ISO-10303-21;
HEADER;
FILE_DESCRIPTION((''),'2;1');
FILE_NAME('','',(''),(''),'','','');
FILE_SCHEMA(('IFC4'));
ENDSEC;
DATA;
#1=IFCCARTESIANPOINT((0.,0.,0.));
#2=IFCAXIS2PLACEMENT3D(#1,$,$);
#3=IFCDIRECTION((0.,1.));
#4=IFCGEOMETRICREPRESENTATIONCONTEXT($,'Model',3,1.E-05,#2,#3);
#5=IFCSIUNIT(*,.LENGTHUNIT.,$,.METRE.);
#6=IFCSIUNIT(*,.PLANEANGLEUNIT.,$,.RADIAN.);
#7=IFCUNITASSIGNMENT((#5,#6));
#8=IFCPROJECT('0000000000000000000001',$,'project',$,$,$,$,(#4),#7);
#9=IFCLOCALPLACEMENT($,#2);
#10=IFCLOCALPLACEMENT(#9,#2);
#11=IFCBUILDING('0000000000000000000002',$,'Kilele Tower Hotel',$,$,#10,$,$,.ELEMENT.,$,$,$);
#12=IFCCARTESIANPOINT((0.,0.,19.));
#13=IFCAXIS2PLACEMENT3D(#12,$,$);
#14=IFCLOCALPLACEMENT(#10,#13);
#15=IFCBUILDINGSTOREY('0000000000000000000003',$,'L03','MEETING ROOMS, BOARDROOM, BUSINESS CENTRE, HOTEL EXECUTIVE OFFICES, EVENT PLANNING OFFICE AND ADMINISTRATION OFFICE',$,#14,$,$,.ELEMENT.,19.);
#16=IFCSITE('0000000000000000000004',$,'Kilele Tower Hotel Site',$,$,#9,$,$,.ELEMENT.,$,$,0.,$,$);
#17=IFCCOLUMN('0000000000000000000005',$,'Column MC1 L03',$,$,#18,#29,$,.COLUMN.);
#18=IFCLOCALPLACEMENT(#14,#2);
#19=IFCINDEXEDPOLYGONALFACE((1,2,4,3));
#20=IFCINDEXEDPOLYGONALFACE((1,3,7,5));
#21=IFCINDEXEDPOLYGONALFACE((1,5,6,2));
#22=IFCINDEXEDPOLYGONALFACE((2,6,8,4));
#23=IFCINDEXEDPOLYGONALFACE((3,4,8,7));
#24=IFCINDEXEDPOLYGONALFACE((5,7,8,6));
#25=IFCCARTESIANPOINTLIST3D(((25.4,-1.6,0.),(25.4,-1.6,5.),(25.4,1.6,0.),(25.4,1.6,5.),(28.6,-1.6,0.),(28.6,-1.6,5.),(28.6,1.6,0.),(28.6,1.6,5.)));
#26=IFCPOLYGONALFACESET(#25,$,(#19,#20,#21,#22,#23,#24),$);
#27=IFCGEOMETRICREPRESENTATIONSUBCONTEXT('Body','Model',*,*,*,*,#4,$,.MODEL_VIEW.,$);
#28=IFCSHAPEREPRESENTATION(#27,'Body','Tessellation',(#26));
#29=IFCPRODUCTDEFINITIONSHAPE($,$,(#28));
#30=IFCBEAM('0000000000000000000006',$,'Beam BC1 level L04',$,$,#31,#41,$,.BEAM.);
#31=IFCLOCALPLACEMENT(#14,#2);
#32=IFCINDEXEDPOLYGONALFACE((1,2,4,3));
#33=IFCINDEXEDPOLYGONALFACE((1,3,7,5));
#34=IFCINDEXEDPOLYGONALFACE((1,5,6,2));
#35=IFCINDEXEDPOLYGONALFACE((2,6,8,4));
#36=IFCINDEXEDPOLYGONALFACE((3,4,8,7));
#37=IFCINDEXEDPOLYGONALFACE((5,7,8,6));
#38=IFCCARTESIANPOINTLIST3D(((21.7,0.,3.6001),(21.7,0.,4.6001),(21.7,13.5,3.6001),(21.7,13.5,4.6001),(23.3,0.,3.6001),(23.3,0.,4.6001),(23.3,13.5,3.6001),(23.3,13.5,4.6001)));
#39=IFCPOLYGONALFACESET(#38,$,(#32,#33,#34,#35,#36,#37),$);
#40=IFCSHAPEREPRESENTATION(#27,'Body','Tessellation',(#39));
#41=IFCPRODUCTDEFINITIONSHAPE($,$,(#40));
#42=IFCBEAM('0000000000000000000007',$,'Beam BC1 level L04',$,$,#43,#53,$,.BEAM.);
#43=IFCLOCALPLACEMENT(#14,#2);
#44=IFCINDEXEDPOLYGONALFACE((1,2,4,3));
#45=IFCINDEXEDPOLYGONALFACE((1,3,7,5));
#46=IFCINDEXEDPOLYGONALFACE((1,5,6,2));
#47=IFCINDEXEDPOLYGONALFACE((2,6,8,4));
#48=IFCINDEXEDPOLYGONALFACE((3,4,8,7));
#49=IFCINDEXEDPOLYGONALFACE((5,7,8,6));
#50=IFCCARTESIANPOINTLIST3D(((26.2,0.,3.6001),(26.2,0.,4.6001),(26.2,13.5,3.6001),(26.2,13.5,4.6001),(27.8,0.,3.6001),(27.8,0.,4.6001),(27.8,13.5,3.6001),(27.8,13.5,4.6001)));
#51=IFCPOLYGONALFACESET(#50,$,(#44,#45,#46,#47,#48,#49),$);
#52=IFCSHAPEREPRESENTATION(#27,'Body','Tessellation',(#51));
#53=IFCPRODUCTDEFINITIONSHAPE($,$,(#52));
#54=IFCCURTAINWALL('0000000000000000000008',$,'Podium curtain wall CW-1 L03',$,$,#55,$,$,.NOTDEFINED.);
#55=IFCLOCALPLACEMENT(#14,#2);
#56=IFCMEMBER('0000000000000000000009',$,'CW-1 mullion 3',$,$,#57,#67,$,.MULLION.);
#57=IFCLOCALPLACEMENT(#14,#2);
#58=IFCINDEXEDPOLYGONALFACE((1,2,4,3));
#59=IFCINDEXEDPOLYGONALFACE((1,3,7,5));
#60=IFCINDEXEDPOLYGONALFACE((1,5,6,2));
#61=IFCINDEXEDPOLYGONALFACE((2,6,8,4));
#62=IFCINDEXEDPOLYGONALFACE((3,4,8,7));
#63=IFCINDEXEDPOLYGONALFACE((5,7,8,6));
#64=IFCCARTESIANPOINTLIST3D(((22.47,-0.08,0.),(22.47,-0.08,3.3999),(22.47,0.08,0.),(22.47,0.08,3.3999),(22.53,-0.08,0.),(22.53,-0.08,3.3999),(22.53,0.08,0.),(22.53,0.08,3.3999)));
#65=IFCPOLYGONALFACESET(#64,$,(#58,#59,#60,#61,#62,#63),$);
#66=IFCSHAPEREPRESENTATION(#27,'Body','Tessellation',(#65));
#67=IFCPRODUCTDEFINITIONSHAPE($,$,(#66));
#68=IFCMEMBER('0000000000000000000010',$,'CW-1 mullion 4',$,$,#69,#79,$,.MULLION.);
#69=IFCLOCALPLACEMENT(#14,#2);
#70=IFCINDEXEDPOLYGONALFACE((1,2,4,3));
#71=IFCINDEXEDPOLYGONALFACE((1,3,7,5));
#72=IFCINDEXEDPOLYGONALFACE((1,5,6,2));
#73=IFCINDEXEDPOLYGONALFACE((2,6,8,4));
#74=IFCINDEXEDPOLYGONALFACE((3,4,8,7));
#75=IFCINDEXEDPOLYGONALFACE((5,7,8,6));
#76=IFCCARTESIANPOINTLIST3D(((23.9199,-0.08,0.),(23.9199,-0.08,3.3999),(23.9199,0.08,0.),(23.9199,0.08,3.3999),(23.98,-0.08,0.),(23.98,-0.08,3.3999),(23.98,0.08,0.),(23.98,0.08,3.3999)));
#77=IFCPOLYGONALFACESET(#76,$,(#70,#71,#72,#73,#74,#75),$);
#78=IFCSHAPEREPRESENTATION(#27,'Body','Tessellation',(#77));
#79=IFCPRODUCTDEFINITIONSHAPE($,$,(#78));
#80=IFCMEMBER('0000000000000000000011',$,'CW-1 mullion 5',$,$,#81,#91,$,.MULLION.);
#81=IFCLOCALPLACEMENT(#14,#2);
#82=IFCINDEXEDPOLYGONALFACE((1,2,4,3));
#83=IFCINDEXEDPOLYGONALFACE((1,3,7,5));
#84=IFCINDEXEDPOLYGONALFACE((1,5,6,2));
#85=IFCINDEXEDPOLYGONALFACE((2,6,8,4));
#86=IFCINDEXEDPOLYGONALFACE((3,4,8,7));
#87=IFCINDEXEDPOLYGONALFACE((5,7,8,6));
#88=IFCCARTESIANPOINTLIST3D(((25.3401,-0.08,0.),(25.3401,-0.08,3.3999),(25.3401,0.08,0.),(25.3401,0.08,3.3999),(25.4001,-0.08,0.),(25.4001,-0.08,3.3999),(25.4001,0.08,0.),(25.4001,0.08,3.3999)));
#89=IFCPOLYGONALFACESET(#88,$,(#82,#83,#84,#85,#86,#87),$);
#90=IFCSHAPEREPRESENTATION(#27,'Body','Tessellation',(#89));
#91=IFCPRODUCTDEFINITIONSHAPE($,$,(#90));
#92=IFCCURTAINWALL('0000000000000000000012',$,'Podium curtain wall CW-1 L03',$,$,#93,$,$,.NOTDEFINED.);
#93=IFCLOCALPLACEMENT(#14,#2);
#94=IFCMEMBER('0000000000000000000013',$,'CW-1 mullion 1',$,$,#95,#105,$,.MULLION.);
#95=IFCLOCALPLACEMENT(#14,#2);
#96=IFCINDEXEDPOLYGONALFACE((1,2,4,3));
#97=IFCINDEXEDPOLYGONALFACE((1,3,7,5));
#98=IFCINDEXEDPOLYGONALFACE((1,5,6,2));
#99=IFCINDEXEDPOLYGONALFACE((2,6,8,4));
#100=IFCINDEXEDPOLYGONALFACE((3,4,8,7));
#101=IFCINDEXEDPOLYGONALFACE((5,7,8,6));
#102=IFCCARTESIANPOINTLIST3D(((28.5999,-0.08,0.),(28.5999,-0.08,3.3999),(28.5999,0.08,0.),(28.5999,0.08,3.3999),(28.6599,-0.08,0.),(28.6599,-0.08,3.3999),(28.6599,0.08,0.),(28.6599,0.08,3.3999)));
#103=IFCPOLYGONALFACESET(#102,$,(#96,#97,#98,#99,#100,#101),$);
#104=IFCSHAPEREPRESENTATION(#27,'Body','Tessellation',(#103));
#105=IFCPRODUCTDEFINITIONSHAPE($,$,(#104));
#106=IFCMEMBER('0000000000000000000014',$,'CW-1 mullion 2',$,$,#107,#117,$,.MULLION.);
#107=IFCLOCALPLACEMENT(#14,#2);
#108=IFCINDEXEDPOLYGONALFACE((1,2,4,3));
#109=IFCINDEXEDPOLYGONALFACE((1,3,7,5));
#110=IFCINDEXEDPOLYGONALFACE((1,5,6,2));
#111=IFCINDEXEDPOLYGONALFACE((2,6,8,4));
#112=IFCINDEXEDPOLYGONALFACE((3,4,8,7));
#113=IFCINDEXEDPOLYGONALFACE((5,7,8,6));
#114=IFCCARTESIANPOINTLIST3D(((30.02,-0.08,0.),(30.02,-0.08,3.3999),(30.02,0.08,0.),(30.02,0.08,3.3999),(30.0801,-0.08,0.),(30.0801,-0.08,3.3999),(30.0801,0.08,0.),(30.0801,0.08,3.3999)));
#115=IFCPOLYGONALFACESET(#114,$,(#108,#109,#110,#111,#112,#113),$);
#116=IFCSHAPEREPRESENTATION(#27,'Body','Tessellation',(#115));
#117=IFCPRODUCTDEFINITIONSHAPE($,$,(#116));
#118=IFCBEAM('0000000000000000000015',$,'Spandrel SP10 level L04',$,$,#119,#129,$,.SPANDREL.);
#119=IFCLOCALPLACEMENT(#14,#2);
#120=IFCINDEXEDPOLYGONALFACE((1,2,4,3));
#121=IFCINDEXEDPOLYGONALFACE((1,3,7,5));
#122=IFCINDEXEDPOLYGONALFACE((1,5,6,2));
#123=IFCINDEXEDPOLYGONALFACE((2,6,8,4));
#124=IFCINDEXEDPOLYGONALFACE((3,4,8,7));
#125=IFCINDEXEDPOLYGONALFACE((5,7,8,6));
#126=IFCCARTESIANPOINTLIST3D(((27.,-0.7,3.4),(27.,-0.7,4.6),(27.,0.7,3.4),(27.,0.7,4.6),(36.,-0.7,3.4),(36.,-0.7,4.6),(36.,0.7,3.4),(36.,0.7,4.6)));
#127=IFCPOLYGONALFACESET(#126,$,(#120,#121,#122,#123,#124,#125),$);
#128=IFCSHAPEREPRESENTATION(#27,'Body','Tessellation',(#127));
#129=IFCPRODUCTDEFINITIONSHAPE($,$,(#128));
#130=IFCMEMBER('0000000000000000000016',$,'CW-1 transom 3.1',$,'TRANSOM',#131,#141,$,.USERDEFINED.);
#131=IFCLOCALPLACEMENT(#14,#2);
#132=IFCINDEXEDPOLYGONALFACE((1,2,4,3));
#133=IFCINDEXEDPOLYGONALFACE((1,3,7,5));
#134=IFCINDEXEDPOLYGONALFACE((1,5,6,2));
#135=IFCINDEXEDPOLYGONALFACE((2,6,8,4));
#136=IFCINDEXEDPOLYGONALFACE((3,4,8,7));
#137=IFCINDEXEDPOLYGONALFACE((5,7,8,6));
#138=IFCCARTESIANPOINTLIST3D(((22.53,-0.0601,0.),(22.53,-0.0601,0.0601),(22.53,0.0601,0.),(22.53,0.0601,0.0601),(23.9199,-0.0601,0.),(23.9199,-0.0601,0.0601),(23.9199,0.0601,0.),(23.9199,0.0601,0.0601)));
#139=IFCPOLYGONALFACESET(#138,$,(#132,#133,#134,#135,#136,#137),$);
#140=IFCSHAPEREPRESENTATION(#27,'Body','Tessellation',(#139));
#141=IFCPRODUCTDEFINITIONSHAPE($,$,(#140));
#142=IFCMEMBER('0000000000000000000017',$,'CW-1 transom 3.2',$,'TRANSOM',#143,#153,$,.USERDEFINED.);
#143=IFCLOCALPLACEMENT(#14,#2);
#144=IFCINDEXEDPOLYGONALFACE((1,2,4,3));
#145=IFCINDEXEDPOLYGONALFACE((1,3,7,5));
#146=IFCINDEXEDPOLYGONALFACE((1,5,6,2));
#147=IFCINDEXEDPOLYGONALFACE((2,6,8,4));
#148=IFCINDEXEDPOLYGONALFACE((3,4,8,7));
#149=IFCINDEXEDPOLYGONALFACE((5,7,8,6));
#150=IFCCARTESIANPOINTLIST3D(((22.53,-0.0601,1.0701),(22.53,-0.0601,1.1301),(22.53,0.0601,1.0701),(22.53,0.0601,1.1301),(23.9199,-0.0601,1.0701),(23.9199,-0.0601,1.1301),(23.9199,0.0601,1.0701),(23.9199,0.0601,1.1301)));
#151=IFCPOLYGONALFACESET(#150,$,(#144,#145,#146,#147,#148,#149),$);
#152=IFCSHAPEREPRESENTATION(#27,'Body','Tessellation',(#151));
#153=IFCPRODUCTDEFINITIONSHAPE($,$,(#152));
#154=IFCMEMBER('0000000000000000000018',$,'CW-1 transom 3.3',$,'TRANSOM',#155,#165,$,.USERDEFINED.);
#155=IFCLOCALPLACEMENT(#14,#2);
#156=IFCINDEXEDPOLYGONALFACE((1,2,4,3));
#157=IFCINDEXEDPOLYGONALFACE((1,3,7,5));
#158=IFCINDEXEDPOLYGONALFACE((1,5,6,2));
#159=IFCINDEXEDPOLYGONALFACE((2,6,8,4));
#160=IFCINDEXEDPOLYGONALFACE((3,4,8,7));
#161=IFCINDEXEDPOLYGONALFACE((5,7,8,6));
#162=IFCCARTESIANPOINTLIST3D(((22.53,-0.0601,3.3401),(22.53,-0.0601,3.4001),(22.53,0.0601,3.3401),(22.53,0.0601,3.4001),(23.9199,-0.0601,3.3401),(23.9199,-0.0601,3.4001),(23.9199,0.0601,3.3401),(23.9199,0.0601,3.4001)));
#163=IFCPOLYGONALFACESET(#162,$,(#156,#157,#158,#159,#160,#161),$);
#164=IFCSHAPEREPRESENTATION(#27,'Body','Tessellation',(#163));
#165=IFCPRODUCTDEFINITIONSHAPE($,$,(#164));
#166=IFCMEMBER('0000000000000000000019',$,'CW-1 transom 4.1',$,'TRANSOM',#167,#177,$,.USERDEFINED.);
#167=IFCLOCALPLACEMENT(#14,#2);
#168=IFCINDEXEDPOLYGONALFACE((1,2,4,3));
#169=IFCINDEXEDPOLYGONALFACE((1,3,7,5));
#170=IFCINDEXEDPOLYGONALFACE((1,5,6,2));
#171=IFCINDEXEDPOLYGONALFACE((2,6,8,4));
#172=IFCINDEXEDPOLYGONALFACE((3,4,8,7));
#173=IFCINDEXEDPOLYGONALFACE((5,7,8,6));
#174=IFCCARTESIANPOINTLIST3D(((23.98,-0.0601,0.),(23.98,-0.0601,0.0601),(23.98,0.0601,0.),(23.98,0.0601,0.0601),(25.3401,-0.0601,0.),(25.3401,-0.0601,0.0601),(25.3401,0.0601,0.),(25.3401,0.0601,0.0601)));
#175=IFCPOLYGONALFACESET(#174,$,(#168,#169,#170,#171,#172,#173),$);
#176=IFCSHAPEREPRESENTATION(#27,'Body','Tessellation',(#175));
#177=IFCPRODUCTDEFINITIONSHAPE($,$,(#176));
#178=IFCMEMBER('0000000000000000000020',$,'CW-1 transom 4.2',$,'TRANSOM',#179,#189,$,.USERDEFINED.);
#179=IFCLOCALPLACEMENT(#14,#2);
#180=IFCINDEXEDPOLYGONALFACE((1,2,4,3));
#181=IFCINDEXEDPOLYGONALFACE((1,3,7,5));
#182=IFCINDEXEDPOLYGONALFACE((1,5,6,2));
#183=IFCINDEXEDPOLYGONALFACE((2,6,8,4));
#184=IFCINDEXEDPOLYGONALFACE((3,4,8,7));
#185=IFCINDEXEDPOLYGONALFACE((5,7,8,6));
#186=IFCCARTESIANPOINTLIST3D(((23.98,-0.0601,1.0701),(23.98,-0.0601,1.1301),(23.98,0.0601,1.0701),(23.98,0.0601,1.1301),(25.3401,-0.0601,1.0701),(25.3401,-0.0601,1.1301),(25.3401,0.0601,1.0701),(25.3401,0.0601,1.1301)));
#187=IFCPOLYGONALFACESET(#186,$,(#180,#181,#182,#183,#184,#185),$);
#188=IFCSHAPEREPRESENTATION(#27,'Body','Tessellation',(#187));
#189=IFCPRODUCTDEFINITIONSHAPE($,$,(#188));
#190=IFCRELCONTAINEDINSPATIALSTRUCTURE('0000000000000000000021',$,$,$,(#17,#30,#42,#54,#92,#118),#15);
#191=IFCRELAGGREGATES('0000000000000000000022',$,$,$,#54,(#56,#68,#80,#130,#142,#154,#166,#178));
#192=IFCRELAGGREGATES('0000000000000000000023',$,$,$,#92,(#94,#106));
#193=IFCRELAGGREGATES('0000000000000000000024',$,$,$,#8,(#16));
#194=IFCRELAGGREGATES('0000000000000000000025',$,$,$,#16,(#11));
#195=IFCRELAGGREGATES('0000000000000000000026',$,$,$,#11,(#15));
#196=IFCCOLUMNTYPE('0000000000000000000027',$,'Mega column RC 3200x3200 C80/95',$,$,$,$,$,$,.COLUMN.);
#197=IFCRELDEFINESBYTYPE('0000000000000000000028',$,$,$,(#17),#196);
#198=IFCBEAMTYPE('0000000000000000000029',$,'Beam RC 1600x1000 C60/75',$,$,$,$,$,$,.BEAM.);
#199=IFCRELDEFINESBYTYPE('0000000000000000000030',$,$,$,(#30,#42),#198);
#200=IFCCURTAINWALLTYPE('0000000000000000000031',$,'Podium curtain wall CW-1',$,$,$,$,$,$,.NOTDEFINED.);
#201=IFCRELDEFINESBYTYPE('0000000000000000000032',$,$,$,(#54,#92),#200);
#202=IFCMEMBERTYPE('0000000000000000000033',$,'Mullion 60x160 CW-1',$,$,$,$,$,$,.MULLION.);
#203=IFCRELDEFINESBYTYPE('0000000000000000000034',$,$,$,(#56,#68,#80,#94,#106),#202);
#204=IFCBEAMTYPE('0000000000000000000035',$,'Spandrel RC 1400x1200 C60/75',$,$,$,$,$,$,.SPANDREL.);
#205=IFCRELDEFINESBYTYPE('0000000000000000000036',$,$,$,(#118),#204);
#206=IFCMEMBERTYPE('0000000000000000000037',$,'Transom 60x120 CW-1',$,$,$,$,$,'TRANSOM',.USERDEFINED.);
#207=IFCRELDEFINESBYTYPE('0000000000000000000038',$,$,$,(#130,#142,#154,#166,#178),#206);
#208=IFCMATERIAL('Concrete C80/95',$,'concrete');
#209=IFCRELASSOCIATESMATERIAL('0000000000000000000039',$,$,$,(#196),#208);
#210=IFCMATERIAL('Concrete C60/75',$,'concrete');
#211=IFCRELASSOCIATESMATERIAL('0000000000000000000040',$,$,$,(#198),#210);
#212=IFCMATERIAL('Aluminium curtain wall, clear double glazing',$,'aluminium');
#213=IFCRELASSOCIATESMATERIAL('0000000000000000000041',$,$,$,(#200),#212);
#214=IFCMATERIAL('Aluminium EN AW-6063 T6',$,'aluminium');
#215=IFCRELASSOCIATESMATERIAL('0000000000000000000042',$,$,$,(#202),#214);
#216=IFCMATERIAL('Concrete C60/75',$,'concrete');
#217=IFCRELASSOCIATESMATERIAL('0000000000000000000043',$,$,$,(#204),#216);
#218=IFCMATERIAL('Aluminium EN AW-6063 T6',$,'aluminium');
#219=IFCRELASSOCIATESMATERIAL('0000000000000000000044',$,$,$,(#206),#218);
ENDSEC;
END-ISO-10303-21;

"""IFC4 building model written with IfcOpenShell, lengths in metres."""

from ifc_helpers import new_model, si_unit, direction, frame, origin, origin_2d, place, context, subcontext, project, spatial, rectangle, extrude, material, material_profile, profile_set, type_object, element, aggregate, save


model = new_model("IFC4")

# Units and contexts
model_context = context("Model", 3, precision=1e-05, world=origin(), true_north=direction((0.0, 1.0)))
body_context = subcontext(model_context, "Body", "Model", "MODEL_VIEW")
ifc_project = project(units=[si_unit("LENGTHUNIT", "METRE"), si_unit("PLANEANGLEUNIT", "RADIAN")], contexts=[model_context])

# Site, building, storey
site_placement = place(None, origin())
site = spatial("IfcSite", under=ifc_project, at=site_placement, Name="Kilele Tower Hotel Site", CompositionType="ELEMENT", RefElevation=0.0)
building_placement = place(site_placement, origin())
building = spatial("IfcBuilding", under=site, at=building_placement, Name="Kilele Tower Hotel", CompositionType="ELEMENT")
storey_placement = place(building_placement, frame((0.0, 0.0, 19.0)))
storey = spatial("IfcBuildingStorey", under=building, at=storey_placement, Name="L03", Description="MEETING ROOMS, BOARDROOM, BUSINESS CENTRE, HOTEL EXECUTIVE OFFICES, EVENT PLANNING OFFICE AND ADMINISTRATION OFFICE", CompositionType="ELEMENT", Elevation=19.0)

# Column
ifc_material_1 = material(Name="Concrete C80/95", Category="concrete")
ifc_material_profile_1 = material_profile(ifc_material_1, rectangle(XDim=3.2, YDim=3.2, at=origin_2d()))
ifc_profile_set_1 = profile_set([ifc_material_profile_1], Name="Concrete C80/95")
column_type = type_object("IfcColumnType", Name="Mega column RC 3200x3200 C80/95", PredefinedType="COLUMN", material=ifc_profile_set_1)
column_placement = place(storey_placement, frame((27.0, 0.0, 0.0), z_axis=(0.0, 0.0, 1.0), x_axis=(1.0, 0.0, 0.0)))
element("IfcColumn", 1, at=column_placement, inside=storey, type_object=column_type, Name="Column MC1 L03", PredefinedType="COLUMN", context=body_context, shape_type="SweptSolid", body=[
    extrude(rectangle(XDim=3.2, YDim=3.2, at=origin_2d()), origin(), (0.0, 0.0, 1.0), 5.0),
])

# Beams
ifc_material_2 = material(Name="Concrete C60/75", Category="concrete")
ifc_material_profile_2 = material_profile(ifc_material_2, rectangle(XDim=1.6001, YDim=1.0, at=origin_2d()))
ifc_profile_set_2 = profile_set([ifc_material_profile_2], Name="Concrete C60/75")
beam_type_1 = type_object("IfcBeamType", Name="Beam RC 1600x1000 C60/75", PredefinedType="BEAM", material=ifc_profile_set_2)
for number, where, z_axis, x_axis, name in (
    (2, (22.5, 0.0, 4.1001), (0.0, 1.0, 0.0), (-1.0, 0.0, 0.0), "Beam BC1 level L04"),
    (3, (27.0, 0.0, 4.1001), (0.0, 1.0, 0.0), (-1.0, 0.0, 0.0), "Beam BC1 level L04"),
):
    element("IfcBeam", number, at=place(storey_placement, frame(where, z_axis=z_axis, x_axis=x_axis)), inside=storey, type_object=beam_type_1, Name=name, PredefinedType="BEAM", context=body_context, shape_type="SweptSolid", body=[
        extrude(rectangle(XDim=1.6001, YDim=1.0, at=origin_2d()), origin(), (0.0, 0.0, 1.0), 13.5),
    ])

# Curtain walls, members
ifc_material_3 = material(Name="Aluminium curtain wall, clear double glazing", Category="aluminium")
curtain_wall_type = type_object("IfcCurtainWallType", Name="Podium curtain wall CW-1", PredefinedType="NOTDEFINED", material=ifc_material_3)
curtain_wall_1_placement = place(storey_placement, origin())
curtain_wall_1 = element("IfcCurtainWall", 4, at=curtain_wall_1_placement, inside=storey, type_object=curtain_wall_type, Name="Podium curtain wall CW-1 L03", PredefinedType="NOTDEFINED")
ifc_material_4 = material(Name="Aluminium EN AW-6063 T6", Category="aluminium")
ifc_material_profile_3 = material_profile(ifc_material_4, rectangle(XDim=0.1599, YDim=0.0601, at=origin_2d()))
ifc_profile_set_3 = profile_set([ifc_material_profile_3], Name="Aluminium EN AW-6063 T6")
member_type_1 = type_object("IfcMemberType", Name="Mullion 60x160 CW-1", PredefinedType="MULLION", material=ifc_profile_set_3)
member_1_placement = place(storey_placement, frame((22.5, 0.0, 0.0), z_axis=(0.0, 0.0, 1.0), x_axis=(0.0, 1.0, 0.0)))
member_1 = element("IfcMember", 5, at=member_1_placement, type_object=member_type_1, Name="CW-1 mullion 3", PredefinedType="MULLION", context=body_context, shape_type="SweptSolid", body=[
    extrude(rectangle(XDim=0.1599, YDim=0.0601, at=origin_2d()), origin(), (0.0, 0.0, 1.0), 3.3999),
])
member_2_placement = place(storey_placement, frame((23.95, 0.0, 0.0), z_axis=(0.0, 0.0, 1.0), x_axis=(0.0, 1.0, 0.0)))
member_2 = element("IfcMember", 6, at=member_2_placement, type_object=member_type_1, Name="CW-1 mullion 4", PredefinedType="MULLION", context=body_context, shape_type="SweptSolid", body=[
    extrude(rectangle(XDim=0.1599, YDim=0.0601, at=origin_2d()), origin(), (0.0, 0.0, 1.0), 3.3999),
])
member_3_placement = place(storey_placement, frame((25.3701, 0.0, 0.0), z_axis=(0.0, 0.0, 1.0), x_axis=(0.0, 1.0, 0.0)))
member_3 = element("IfcMember", 7, at=member_3_placement, type_object=member_type_1, Name="CW-1 mullion 5", PredefinedType="MULLION", context=body_context, shape_type="SweptSolid", body=[
    extrude(rectangle(XDim=0.1599, YDim=0.0601, at=origin_2d()), origin(), (0.0, 0.0, 1.0), 3.3999),
])
curtain_wall_2_placement = place(storey_placement, origin())
curtain_wall_2 = element("IfcCurtainWall", 8, at=curtain_wall_2_placement, inside=storey, type_object=curtain_wall_type, Name="Podium curtain wall CW-1 L03", PredefinedType="NOTDEFINED")
member_4_placement = place(storey_placement, frame((28.6299, 0.0, 0.0), z_axis=(0.0, 0.0, 1.0), x_axis=(0.0, 1.0, 0.0)))
member_4 = element("IfcMember", 9, at=member_4_placement, type_object=member_type_1, Name="CW-1 mullion 1", PredefinedType="MULLION", context=body_context, shape_type="SweptSolid", body=[
    extrude(rectangle(XDim=0.1599, YDim=0.0601, at=origin_2d()), origin(), (0.0, 0.0, 1.0), 3.3999),
])
member_5_placement = place(storey_placement, frame((30.05, 0.0, 0.0), z_axis=(0.0, 0.0, 1.0), x_axis=(0.0, 1.0, 0.0)))
member_5 = element("IfcMember", 10, at=member_5_placement, type_object=member_type_1, Name="CW-1 mullion 2", PredefinedType="MULLION", context=body_context, shape_type="SweptSolid", body=[
    extrude(rectangle(XDim=0.1599, YDim=0.0601, at=origin_2d()), origin(), (0.0, 0.0, 1.0), 3.3999),
])

# Beam
ifc_material_5 = material(Name="Concrete C60/75", Category="concrete")
ifc_material_profile_4 = material_profile(ifc_material_5, rectangle(XDim=1.3999, YDim=1.2, at=origin_2d()))
ifc_profile_set_4 = profile_set([ifc_material_profile_4], Name="Concrete C60/75")
beam_type_2 = type_object("IfcBeamType", Name="Spandrel RC 1400x1200 C60/75", PredefinedType="SPANDREL", material=ifc_profile_set_4)
beam_placement = place(storey_placement, frame((27.0, 0.0, 4.0), z_axis=(1.0, 0.0, 0.0), x_axis=(0.0, 1.0, 0.0)))
element("IfcBeam", 11, at=beam_placement, inside=storey, type_object=beam_type_2, Name="Spandrel SP10 level L04", PredefinedType="SPANDREL", context=body_context, shape_type="SweptSolid", body=[
    extrude(rectangle(XDim=1.3999, YDim=1.2, at=origin_2d()), origin(), (0.0, 0.0, 1.0), 9.0),
])

# Members
ifc_material_6 = material(Name="Aluminium EN AW-6063 T6", Category="aluminium")
ifc_material_profile_5 = material_profile(ifc_material_6, rectangle(XDim=0.1201, YDim=0.0601, at=origin_2d()))
ifc_profile_set_5 = profile_set([ifc_material_profile_5], Name="Aluminium EN AW-6063 T6")
member_type_2 = type_object("IfcMemberType", Name="Transom 60x120 CW-1", ElementType="TRANSOM", PredefinedType="USERDEFINED", material=ifc_profile_set_5)
member_6_placement = place(storey_placement, frame((22.53, 0.0, 0.03), z_axis=(1.0, 0.0, 0.0), x_axis=(0.0, 1.0, 0.0)))
member_6 = element("IfcMember", 12, at=member_6_placement, type_object=member_type_2, Name="CW-1 transom 3.1", ObjectType="TRANSOM", PredefinedType="USERDEFINED", context=body_context, shape_type="SweptSolid", body=[
    extrude(rectangle(XDim=0.1201, YDim=0.0601, at=origin_2d()), origin(), (0.0, 0.0, 1.0), 1.3899),
])
member_7_placement = place(storey_placement, frame((22.53, 0.0, 1.1001), z_axis=(1.0, 0.0, 0.0), x_axis=(0.0, 1.0, 0.0)))
member_7 = element("IfcMember", 13, at=member_7_placement, type_object=member_type_2, Name="CW-1 transom 3.2", ObjectType="TRANSOM", PredefinedType="USERDEFINED", context=body_context, shape_type="SweptSolid", body=[
    extrude(rectangle(XDim=0.1201, YDim=0.0601, at=origin_2d()), origin(), (0.0, 0.0, 1.0), 1.3899),
])
member_8_placement = place(storey_placement, frame((22.53, 0.0, 3.3701), z_axis=(1.0, 0.0, 0.0), x_axis=(0.0, 1.0, 0.0)))
member_8 = element("IfcMember", 14, at=member_8_placement, type_object=member_type_2, Name="CW-1 transom 3.3", ObjectType="TRANSOM", PredefinedType="USERDEFINED", context=body_context, shape_type="SweptSolid", body=[
    extrude(rectangle(XDim=0.1201, YDim=0.0601, at=origin_2d()), origin(), (0.0, 0.0, 1.0), 1.3899),
])
member_9_placement = place(storey_placement, frame((23.98, 0.0, 0.03), z_axis=(1.0, 0.0, 0.0), x_axis=(0.0, 1.0, 0.0)))
member_9 = element("IfcMember", 15, at=member_9_placement, type_object=member_type_2, Name="CW-1 transom 4.1", ObjectType="TRANSOM", PredefinedType="USERDEFINED", context=body_context, shape_type="SweptSolid", body=[
    extrude(rectangle(XDim=0.1201, YDim=0.0601, at=origin_2d()), origin(), (0.0, 0.0, 1.0), 1.3601),
])
member_10_placement = place(storey_placement, frame((23.98, 0.0, 1.1001), z_axis=(1.0, 0.0, 0.0), x_axis=(0.0, 1.0, 0.0)))
member_10 = element("IfcMember", 16, at=member_10_placement, type_object=member_type_2, Name="CW-1 transom 4.2", ObjectType="TRANSOM", PredefinedType="USERDEFINED", context=body_context, shape_type="SweptSolid", body=[
    extrude(rectangle(XDim=0.1201, YDim=0.0601, at=origin_2d()), origin(), (0.0, 0.0, 1.0), 1.3601),
])

aggregate(curtain_wall_1, [member_1, member_2, member_3, member_6, member_7, member_8, member_9, member_10])
aggregate(curtain_wall_2, [member_4, member_5])

save(model, "model.ifc")
